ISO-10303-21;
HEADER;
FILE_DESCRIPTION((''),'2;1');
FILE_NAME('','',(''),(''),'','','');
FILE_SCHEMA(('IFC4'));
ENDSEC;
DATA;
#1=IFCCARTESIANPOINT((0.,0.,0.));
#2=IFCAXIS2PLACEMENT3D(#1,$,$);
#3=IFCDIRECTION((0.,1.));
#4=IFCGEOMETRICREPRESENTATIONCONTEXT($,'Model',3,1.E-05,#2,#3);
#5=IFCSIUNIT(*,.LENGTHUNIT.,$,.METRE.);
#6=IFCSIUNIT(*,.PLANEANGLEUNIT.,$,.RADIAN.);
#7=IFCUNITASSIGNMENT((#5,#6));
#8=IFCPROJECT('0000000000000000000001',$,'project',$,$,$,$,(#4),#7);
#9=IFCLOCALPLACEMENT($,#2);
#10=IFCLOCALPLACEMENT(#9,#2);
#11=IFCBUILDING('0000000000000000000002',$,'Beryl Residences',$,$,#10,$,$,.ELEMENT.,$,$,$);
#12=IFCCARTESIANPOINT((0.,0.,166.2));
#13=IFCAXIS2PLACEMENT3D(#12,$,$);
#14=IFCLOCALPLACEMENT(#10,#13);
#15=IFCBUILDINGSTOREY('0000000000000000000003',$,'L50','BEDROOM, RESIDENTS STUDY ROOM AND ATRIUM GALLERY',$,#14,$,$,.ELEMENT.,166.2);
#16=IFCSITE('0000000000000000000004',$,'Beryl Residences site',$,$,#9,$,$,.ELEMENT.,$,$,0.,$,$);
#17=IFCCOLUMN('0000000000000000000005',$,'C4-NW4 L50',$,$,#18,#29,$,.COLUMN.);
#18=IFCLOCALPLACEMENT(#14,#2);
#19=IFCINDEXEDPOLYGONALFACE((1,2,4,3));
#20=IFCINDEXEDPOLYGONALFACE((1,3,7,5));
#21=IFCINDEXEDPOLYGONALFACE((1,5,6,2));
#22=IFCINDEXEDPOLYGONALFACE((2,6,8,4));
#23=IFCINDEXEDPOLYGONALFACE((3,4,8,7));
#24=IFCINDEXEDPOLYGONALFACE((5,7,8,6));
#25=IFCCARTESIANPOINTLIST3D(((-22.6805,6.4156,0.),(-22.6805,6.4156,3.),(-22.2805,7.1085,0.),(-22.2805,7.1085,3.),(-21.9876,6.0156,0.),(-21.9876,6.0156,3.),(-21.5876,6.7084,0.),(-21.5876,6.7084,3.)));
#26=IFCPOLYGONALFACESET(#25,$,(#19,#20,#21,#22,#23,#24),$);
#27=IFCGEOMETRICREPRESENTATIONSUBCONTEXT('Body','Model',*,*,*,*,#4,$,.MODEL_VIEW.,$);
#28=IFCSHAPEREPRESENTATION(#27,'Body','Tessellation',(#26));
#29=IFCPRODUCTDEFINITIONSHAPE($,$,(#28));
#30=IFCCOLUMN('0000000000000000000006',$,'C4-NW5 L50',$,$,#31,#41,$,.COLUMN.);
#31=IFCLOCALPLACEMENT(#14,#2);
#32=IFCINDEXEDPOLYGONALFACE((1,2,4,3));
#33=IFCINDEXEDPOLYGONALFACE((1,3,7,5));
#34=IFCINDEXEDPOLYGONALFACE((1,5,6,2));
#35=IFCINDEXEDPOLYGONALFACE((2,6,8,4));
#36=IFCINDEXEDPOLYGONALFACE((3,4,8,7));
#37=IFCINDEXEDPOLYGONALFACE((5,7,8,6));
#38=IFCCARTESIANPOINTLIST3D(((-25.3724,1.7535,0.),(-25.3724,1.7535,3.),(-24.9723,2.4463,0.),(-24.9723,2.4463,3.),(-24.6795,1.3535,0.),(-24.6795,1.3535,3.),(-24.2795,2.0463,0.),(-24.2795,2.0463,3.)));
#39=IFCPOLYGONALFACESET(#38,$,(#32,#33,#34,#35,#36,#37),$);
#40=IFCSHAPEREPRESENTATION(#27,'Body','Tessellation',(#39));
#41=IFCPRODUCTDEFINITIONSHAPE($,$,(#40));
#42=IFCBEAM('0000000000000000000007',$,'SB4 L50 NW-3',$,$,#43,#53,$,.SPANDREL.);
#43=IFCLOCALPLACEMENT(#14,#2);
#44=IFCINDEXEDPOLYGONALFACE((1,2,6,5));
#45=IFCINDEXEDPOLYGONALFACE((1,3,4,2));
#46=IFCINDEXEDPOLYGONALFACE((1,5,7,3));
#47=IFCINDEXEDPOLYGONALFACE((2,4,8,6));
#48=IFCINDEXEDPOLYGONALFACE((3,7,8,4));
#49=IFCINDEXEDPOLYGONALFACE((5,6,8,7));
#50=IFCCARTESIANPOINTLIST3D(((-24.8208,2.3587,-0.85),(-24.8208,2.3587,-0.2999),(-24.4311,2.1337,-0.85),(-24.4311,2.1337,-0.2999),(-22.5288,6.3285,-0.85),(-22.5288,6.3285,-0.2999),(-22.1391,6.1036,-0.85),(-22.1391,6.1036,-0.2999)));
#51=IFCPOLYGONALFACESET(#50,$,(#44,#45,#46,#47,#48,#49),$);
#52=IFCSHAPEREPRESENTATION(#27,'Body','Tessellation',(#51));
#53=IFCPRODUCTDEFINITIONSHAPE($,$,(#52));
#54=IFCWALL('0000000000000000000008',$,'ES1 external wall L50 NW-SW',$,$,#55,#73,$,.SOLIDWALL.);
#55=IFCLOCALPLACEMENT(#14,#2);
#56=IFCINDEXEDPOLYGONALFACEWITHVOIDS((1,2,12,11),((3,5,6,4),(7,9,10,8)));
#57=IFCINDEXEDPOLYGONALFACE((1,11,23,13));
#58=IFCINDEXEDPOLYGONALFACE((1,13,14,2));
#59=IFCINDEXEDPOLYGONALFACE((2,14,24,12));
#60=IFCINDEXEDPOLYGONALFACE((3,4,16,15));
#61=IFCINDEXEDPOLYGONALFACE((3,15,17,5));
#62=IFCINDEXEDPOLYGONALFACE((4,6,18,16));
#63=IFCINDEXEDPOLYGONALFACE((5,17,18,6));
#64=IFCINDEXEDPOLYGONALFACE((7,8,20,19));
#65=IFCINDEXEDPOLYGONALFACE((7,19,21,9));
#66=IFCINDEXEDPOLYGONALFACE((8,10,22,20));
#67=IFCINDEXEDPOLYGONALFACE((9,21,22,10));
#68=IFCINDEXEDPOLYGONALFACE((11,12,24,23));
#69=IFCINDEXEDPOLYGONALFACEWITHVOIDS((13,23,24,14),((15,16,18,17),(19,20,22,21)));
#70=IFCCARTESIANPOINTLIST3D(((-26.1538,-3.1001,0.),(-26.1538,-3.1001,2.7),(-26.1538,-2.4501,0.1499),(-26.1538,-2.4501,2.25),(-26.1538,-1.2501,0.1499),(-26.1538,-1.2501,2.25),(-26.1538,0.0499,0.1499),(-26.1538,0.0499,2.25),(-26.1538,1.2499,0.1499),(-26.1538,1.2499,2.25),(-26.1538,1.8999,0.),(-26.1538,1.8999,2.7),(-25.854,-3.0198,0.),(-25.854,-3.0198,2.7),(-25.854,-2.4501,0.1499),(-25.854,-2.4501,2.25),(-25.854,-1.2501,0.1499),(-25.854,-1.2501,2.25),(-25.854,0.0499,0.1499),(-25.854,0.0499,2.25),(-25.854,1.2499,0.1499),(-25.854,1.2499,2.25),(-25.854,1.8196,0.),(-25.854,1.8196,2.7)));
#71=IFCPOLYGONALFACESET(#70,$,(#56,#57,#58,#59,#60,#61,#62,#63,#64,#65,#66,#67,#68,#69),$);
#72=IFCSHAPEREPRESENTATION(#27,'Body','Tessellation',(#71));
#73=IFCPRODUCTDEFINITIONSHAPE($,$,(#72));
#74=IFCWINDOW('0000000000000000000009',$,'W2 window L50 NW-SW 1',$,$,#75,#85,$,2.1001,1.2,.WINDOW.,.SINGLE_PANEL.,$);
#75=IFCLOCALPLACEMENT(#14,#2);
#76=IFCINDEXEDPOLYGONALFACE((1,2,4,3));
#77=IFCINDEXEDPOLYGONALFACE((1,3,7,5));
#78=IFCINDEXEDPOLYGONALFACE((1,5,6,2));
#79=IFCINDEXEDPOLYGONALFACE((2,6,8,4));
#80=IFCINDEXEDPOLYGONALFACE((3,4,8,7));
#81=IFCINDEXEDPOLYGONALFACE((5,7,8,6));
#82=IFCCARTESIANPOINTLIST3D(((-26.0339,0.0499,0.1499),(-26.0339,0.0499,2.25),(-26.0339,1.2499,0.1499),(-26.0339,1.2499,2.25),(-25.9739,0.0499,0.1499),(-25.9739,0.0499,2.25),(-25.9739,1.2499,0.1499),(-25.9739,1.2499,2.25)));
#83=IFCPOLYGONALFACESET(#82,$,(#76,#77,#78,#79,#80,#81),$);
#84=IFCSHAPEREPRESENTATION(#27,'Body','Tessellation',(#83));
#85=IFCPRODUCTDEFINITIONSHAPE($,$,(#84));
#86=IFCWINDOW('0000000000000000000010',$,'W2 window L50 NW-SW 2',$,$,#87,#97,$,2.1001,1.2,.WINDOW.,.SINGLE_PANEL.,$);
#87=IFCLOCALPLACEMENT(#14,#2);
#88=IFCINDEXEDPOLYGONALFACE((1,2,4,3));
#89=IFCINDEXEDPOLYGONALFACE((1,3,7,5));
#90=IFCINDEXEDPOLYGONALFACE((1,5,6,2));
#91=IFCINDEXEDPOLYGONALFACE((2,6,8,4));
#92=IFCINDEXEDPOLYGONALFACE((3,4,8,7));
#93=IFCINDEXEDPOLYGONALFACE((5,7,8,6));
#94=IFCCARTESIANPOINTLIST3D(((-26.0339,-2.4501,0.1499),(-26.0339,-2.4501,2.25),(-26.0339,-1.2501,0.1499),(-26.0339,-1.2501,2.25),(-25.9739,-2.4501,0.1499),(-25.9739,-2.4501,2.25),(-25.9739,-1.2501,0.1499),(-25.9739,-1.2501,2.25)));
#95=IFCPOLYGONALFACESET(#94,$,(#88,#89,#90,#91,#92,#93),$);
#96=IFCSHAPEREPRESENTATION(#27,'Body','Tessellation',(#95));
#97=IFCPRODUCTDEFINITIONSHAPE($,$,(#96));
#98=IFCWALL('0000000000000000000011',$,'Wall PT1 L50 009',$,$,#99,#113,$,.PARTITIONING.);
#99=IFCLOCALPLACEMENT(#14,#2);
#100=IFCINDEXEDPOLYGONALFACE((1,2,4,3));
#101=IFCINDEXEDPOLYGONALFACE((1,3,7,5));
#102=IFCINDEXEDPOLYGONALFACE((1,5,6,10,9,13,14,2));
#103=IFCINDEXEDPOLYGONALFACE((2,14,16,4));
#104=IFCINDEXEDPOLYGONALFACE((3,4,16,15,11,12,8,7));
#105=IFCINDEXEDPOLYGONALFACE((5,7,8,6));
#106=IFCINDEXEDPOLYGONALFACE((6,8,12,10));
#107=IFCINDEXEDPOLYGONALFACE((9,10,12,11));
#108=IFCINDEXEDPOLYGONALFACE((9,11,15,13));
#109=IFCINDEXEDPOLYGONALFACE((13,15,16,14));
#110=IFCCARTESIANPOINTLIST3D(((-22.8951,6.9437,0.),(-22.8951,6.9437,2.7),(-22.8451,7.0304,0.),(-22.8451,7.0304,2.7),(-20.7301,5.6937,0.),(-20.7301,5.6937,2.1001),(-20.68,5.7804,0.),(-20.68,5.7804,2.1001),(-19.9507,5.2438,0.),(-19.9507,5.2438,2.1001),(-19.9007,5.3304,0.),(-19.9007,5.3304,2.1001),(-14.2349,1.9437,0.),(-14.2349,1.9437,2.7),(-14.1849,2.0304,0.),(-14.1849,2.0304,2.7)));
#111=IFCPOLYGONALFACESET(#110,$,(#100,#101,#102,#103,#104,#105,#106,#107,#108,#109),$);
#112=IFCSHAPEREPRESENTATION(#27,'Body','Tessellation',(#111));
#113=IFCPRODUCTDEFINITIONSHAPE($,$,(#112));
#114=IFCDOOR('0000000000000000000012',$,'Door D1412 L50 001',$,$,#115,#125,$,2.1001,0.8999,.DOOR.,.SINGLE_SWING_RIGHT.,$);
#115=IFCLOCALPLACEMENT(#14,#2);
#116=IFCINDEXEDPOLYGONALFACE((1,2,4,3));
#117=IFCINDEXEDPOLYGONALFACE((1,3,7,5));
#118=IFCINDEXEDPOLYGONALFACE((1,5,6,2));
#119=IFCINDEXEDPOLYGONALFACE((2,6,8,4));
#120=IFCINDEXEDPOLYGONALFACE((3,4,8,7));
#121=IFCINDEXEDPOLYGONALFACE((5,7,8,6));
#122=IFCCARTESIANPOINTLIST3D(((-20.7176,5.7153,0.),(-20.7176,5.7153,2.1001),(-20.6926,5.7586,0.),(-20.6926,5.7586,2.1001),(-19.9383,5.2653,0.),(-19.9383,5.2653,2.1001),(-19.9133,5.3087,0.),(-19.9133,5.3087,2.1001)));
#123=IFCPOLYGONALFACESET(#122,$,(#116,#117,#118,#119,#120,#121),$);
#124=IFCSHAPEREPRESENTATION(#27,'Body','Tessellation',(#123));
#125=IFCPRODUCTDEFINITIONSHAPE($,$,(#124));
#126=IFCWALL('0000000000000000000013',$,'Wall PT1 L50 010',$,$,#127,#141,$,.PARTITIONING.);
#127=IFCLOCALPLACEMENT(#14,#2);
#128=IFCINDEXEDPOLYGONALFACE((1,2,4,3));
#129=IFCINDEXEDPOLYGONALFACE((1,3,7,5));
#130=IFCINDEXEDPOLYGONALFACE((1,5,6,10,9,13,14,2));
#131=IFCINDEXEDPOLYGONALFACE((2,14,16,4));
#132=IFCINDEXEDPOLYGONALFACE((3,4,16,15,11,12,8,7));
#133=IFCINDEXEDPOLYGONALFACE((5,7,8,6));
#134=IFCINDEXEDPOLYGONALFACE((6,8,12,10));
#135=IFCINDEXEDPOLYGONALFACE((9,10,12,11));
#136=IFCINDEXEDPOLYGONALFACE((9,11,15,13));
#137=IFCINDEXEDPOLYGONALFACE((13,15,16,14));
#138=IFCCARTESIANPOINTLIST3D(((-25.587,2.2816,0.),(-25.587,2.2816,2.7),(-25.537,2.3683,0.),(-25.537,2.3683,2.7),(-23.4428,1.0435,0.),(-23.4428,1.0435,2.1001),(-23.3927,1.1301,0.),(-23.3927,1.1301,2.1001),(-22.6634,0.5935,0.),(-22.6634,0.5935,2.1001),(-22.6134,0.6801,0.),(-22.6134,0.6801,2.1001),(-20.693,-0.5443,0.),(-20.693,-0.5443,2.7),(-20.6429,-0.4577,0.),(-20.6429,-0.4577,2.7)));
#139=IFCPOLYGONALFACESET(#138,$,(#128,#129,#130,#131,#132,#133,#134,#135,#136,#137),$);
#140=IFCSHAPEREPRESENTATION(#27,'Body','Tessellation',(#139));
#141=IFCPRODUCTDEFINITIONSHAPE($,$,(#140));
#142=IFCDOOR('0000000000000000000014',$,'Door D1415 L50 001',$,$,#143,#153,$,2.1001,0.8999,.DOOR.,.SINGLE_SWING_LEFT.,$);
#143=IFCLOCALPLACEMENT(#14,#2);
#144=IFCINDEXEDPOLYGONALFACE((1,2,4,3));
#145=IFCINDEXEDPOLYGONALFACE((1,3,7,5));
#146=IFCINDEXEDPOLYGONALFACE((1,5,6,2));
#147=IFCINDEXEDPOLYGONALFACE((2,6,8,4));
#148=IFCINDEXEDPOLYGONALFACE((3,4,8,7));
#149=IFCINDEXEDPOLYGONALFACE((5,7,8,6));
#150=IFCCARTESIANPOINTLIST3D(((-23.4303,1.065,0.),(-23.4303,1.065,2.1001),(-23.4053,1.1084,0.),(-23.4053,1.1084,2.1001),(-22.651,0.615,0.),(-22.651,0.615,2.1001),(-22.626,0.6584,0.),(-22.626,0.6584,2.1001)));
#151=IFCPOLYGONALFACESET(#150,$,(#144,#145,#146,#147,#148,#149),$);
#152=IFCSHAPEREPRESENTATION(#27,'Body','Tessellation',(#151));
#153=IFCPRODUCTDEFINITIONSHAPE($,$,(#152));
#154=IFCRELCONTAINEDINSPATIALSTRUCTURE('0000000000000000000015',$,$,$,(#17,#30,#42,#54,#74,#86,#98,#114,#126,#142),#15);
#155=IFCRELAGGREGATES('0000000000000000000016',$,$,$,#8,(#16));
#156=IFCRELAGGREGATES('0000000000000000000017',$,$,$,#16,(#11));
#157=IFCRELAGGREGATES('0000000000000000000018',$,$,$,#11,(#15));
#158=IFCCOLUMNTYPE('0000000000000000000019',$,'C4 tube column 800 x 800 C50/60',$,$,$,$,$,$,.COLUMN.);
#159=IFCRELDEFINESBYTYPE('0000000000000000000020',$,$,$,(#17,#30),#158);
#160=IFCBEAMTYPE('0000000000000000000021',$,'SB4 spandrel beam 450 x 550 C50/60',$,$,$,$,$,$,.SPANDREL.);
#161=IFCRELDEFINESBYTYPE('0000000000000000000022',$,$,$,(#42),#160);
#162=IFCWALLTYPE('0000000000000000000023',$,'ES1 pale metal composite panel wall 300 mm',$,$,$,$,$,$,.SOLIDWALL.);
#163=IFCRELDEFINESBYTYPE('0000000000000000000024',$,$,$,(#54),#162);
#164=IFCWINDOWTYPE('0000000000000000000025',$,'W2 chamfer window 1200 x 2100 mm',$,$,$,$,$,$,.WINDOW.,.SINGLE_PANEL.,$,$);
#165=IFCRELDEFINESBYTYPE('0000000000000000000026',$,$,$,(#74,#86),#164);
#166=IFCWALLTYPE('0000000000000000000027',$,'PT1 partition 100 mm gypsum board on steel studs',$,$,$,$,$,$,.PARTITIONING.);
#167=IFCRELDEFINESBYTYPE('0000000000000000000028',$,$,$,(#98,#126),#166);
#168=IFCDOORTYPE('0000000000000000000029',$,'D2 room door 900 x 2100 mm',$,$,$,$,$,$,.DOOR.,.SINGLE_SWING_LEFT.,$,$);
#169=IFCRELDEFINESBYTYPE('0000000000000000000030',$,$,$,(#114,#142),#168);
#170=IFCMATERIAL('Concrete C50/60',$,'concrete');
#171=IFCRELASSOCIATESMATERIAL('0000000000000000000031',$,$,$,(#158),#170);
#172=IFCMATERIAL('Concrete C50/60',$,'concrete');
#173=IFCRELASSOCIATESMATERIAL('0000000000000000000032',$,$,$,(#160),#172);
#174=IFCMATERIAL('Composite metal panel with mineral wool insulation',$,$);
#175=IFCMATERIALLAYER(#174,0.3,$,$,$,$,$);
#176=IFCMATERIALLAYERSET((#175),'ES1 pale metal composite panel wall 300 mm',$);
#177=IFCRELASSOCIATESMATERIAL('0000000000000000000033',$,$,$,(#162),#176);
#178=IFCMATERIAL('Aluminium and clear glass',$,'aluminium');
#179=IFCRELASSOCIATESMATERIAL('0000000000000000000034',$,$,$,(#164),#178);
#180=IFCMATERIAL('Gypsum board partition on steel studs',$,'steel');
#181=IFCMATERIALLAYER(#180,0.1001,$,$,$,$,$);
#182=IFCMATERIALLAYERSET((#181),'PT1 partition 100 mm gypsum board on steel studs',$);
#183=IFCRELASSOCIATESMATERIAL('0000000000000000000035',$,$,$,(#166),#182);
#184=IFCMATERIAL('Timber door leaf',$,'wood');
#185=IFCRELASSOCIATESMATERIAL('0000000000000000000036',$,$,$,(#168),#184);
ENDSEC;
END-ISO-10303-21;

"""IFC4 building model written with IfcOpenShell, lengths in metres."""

from ifc_helpers import new_model, si_unit, direction, frame, frame_2d, origin, origin_2d, place, context, subcontext, project, spatial, polyline, rectangle, outline, extrude, material, layer, layer_set, material_profile, profile_set, type_object, element, fill, save


model = new_model("IFC4")

# Units and contexts
model_context = context("Model", 3, precision=1e-05, world=origin(), true_north=direction((0.0, 1.0)))
body_context = subcontext(model_context, "Body", "Model", "MODEL_VIEW")
ifc_project = project(units=[si_unit("LENGTHUNIT", "METRE"), si_unit("PLANEANGLEUNIT", "RADIAN")], contexts=[model_context])

# Site, building, storey
site_placement = place(None, origin())
site = spatial("IfcSite", under=ifc_project, at=site_placement, Name="Beryl Residences site", CompositionType="ELEMENT", RefElevation=0.0)
building_placement = place(site_placement, origin())
building = spatial("IfcBuilding", under=site, at=building_placement, Name="Beryl Residences", CompositionType="ELEMENT")
storey_placement = place(building_placement, frame((0.0, 0.0, 166.2)))
storey = spatial("IfcBuildingStorey", under=building, at=storey_placement, Name="L50", Description="BEDROOM, RESIDENTS STUDY ROOM AND ATRIUM GALLERY", CompositionType="ELEMENT", Elevation=166.2)

# Columns
ifc_material_1 = material(Name="Concrete C50/60", Category="concrete")
ifc_material_profile_1 = material_profile(ifc_material_1, rectangle(XDim=0.8, YDim=0.8, at=origin_2d()))
ifc_profile_set_1 = profile_set([ifc_material_profile_1], Name="Concrete C50/60")
column_type = type_object("IfcColumnType", Name="C4 tube column 800 x 800 C50/60", PredefinedType="COLUMN", material=ifc_profile_set_1)
for number, where, z_axis, x_axis, name in (
    (1, (-22.134, 6.562, 0.0), (0.0, 0.0, 1.0), (-0.5, -0.866025, 0.0), "C4-NW4 L50"),
    (2, (-24.8259, 1.8999, 0.0), (0.0, 0.0, 1.0), (-0.5, -0.866025, 0.0), "C4-NW5 L50"),
):
    element("IfcColumn", number, at=place(storey_placement, frame(where, z_axis=z_axis, x_axis=x_axis)), inside=storey, type_object=column_type, Name=name, PredefinedType="COLUMN", context=body_context, shape_type="SweptSolid", body=[
        extrude(rectangle(XDim=0.8, YDim=0.8, at=origin_2d()), origin(), (0.0, 0.0, 1.0), 3.0),
    ])

# Beam
ifc_material_2 = material(Name="Concrete C50/60", Category="concrete")
ifc_material_profile_2 = material_profile(ifc_material_2, rectangle(XDim=0.45, YDim=0.55, at=origin_2d()))
ifc_profile_set_2 = profile_set([ifc_material_profile_2], Name="Concrete C50/60")
beam_type = type_object("IfcBeamType", Name="SB4 spandrel beam 450 x 550 C50/60", PredefinedType="SPANDREL", material=ifc_profile_set_2)
beam_placement = place(storey_placement, frame((-22.334, 6.2161, -0.575), z_axis=(-0.499988, -0.866032, 0.0), x_axis=(0.866032, -0.499988, 0.0)))
element("IfcBeam", 3, at=beam_placement, inside=storey, type_object=beam_type, Name="SB4 L50 NW-3", PredefinedType="SPANDREL", context=body_context, shape_type="SweptSolid", body=[
    extrude(rectangle(XDim=0.45, YDim=0.55, at=origin_2d()), origin(), (0.0, 0.0, 1.0), 4.584),
])

# Wall, openings, windows
ifc_material_3 = material(Name="Composite metal panel with mineral wool insulation")
ifc_layer_1 = layer(ifc_material_3, 0.3)
ifc_layer_set_1 = layer_set([ifc_layer_1], Name="ES1 pale metal composite panel wall 300 mm")
wall_type_1 = type_object("IfcWallType", Name="ES1 pale metal composite panel wall 300 mm", PredefinedType="SOLIDWALL", material=ifc_layer_set_1)
wall_1_placement = place(storey_placement, frame((-26.0039, 1.8999, 0.0), z_axis=(0.0, 0.0, 1.0), x_axis=(0.0, -1.0, 0.0)))
wall_1 = element("IfcWall", 4, at=wall_1_placement, inside=storey, type_object=wall_type_1, Name="ES1 external wall L50 NW-SW", PredefinedType="SOLIDWALL", context=body_context, shape_type="SweptSolid", body=[
    extrude(outline(polyline([(0.0, -0.1499), (5.0, -0.1499), (4.9197, 0.1499), (0.0803, 0.1499), (0.0, -0.1499)])), origin(), (0.0, 0.0, 1.0), 2.7),
])
opening_1_placement = place(wall_1_placement, frame((0.6499, 0.0, 0.1499)))
opening_1 = element("IfcOpeningElement", 5, at=opening_1_placement, cuts=wall_1, PredefinedType="OPENING", context=body_context, shape_type="SweptSolid", body=[
    extrude(rectangle(XDim=1.2, YDim=2.1001, at=frame_2d((0.6001, 1.05))), frame((0.0, 0.1599, 0.0), z_axis=(0.0, -1.0, 0.0), x_axis=(1.0, 0.0, 0.0)), (0.0, 0.0, 1.0), 0.3201),
])
opening_2_placement = place(wall_1_placement, frame((3.1499, 0.0, 0.1499)))
opening_2 = element("IfcOpeningElement", 6, at=opening_2_placement, cuts=wall_1, PredefinedType="OPENING", context=body_context, shape_type="SweptSolid", body=[
    extrude(rectangle(XDim=1.2, YDim=2.1001, at=frame_2d((0.6001, 1.05))), frame((0.0, 0.1599, 0.0), z_axis=(0.0, -1.0, 0.0), x_axis=(1.0, 0.0, 0.0)), (0.0, 0.0, 1.0), 0.3201),
])
ifc_material_4 = material(Name="Aluminium and clear glass", Category="aluminium")
window_type = type_object("IfcWindowType", Name="W2 chamfer window 1200 x 2100 mm", PartitioningType="SINGLE_PANEL", PredefinedType="WINDOW", material=ifc_material_4)
window_1_placement = place(opening_1_placement, origin())
window_1 = element("IfcWindow", 7, at=window_1_placement, inside=storey, type_object=window_type, Name="W2 window L50 NW-SW 1", OverallHeight=2.1001, OverallWidth=1.2, PartitioningType="SINGLE_PANEL", PredefinedType="WINDOW", context=body_context, shape_type="SweptSolid", body=[
    extrude(rectangle(XDim=1.2, YDim=2.1001, at=frame_2d((0.6001, 1.05))), frame((0.0, 0.03, 0.0), z_axis=(0.0, -1.0, 0.0), x_axis=(1.0, 0.0, 0.0)), (0.0, 0.0, 1.0), 0.0601),
])
fill(opening_1, window_1)
window_2_placement = place(opening_2_placement, origin())
window_2 = element("IfcWindow", 8, at=window_2_placement, inside=storey, type_object=window_type, Name="W2 window L50 NW-SW 2", OverallHeight=2.1001, OverallWidth=1.2, PartitioningType="SINGLE_PANEL", PredefinedType="WINDOW", context=body_context, shape_type="SweptSolid", body=[
    extrude(rectangle(XDim=1.2, YDim=2.1001, at=frame_2d((0.6001, 1.05))), frame((0.0, 0.03, 0.0), z_axis=(0.0, -1.0, 0.0), x_axis=(1.0, 0.0, 0.0)), (0.0, 0.0, 1.0), 0.0601),
])
fill(opening_2, window_2)

# Walls, openings, doors
ifc_material_5 = material(Name="Gypsum board partition on steel studs", Category="steel")
ifc_layer_2 = layer(ifc_material_5, 0.1001)
ifc_layer_set_2 = layer_set([ifc_layer_2], Name="PT1 partition 100 mm gypsum board on steel studs")
wall_type_2 = type_object("IfcWallType", Name="PT1 partition 100 mm gypsum board on steel studs", PredefinedType="PARTITIONING", material=ifc_layer_set_2)
wall_2_placement = place(storey_placement, frame((-22.8701, 6.9871, 0.0), z_axis=(0.0, 0.0, 1.0), x_axis=(0.866023, -0.500004, 0.0)))
wall_2 = element("IfcWall", 9, at=wall_2_placement, inside=storey, type_object=wall_type_2, Name="Wall PT1 L50 009", PredefinedType="PARTITIONING", context=body_context, shape_type="SweptSolid", body=[
    extrude(rectangle(XDim=10.0, YDim=0.1001, at=frame_2d((5.0, 0.0))), origin(), (0.0, 0.0, 1.0), 2.7),
])
opening_3_placement = place(wall_2_placement, frame((2.5, 0.0, 0.0)))
opening_3 = element("IfcOpeningElement", 10, at=opening_3_placement, cuts=wall_2, PredefinedType="OPENING", context=body_context, shape_type="SweptSolid", body=[
    extrude(rectangle(XDim=0.8999, YDim=2.1001, at=frame_2d((0.45, 1.05))), frame((0.0, 0.0601, 0.0), z_axis=(0.0, -1.0, 0.0), x_axis=(1.0, 0.0, 0.0)), (0.0, 0.0, 1.0), 0.1201),
])
ifc_material_6 = material(Name="Timber door leaf", Category="wood")
door_type = type_object("IfcDoorType", Name="D2 room door 900 x 2100 mm", OperationType="SINGLE_SWING_LEFT", PredefinedType="DOOR", material=ifc_material_6)
door_1_placement = place(opening_3_placement, origin())
door_1 = element("IfcDoor", 11, at=door_1_placement, inside=storey, type_object=door_type, Name="Door D1412 L50 001", OperationType="SINGLE_SWING_RIGHT", OverallHeight=2.1001, OverallWidth=0.8999, PredefinedType="DOOR", context=body_context, shape_type="SweptSolid", body=[
    extrude(rectangle(XDim=0.8999, YDim=2.1001, at=frame_2d((0.45, 1.05))), frame((0.0, 0.0249, 0.0), z_axis=(0.0, -1.0, 0.0), x_axis=(1.0, 0.0, 0.0)), (0.0, 0.0, 1.0), 0.05),
])
fill(opening_3, door_1)
wall_3_placement = place(storey_placement, frame((-25.562, 2.325, 0.0), z_axis=(0.0, 0.0, 1.0), x_axis=(0.865999, -0.500047, 0.0)))
wall_3 = element("IfcWall", 12, at=wall_3_placement, inside=storey, type_object=wall_type_2, Name="Wall PT1 L50 010", PredefinedType="PARTITIONING", context=body_context, shape_type="SweptSolid", body=[
    extrude(rectangle(XDim=5.6514, YDim=0.1001, at=frame_2d((2.8257, 0.0))), origin(), (0.0, 0.0, 1.0), 2.7),
])
opening_4_placement = place(wall_3_placement, frame((2.4761, 0.0, 0.0)))
opening_4 = element("IfcOpeningElement", 13, at=opening_4_placement, cuts=wall_3, PredefinedType="OPENING", context=body_context, shape_type="SweptSolid", body=[
    extrude(rectangle(XDim=0.8999, YDim=2.1001, at=frame_2d((0.45, 1.05))), frame((0.0, 0.0601, 0.0), z_axis=(0.0, -1.0, 0.0), x_axis=(1.0, 0.0, 0.0)), (0.0, 0.0, 1.0), 0.1201),
])
door_2_placement = place(opening_4_placement, origin())
door_2 = element("IfcDoor", 14, at=door_2_placement, inside=storey, type_object=door_type, Name="Door D1415 L50 001", OperationType="SINGLE_SWING_LEFT", OverallHeight=2.1001, OverallWidth=0.8999, PredefinedType="DOOR", context=body_context, shape_type="SweptSolid", body=[
    extrude(rectangle(XDim=0.8999, YDim=2.1001, at=frame_2d((0.45, 1.05))), frame((0.0, 0.0249, 0.0), z_axis=(0.0, -1.0, 0.0), x_axis=(1.0, 0.0, 0.0)), (0.0, 0.0, 1.0), 0.05),
])
fill(opening_4, door_2)

save(model, "model.ifc")
